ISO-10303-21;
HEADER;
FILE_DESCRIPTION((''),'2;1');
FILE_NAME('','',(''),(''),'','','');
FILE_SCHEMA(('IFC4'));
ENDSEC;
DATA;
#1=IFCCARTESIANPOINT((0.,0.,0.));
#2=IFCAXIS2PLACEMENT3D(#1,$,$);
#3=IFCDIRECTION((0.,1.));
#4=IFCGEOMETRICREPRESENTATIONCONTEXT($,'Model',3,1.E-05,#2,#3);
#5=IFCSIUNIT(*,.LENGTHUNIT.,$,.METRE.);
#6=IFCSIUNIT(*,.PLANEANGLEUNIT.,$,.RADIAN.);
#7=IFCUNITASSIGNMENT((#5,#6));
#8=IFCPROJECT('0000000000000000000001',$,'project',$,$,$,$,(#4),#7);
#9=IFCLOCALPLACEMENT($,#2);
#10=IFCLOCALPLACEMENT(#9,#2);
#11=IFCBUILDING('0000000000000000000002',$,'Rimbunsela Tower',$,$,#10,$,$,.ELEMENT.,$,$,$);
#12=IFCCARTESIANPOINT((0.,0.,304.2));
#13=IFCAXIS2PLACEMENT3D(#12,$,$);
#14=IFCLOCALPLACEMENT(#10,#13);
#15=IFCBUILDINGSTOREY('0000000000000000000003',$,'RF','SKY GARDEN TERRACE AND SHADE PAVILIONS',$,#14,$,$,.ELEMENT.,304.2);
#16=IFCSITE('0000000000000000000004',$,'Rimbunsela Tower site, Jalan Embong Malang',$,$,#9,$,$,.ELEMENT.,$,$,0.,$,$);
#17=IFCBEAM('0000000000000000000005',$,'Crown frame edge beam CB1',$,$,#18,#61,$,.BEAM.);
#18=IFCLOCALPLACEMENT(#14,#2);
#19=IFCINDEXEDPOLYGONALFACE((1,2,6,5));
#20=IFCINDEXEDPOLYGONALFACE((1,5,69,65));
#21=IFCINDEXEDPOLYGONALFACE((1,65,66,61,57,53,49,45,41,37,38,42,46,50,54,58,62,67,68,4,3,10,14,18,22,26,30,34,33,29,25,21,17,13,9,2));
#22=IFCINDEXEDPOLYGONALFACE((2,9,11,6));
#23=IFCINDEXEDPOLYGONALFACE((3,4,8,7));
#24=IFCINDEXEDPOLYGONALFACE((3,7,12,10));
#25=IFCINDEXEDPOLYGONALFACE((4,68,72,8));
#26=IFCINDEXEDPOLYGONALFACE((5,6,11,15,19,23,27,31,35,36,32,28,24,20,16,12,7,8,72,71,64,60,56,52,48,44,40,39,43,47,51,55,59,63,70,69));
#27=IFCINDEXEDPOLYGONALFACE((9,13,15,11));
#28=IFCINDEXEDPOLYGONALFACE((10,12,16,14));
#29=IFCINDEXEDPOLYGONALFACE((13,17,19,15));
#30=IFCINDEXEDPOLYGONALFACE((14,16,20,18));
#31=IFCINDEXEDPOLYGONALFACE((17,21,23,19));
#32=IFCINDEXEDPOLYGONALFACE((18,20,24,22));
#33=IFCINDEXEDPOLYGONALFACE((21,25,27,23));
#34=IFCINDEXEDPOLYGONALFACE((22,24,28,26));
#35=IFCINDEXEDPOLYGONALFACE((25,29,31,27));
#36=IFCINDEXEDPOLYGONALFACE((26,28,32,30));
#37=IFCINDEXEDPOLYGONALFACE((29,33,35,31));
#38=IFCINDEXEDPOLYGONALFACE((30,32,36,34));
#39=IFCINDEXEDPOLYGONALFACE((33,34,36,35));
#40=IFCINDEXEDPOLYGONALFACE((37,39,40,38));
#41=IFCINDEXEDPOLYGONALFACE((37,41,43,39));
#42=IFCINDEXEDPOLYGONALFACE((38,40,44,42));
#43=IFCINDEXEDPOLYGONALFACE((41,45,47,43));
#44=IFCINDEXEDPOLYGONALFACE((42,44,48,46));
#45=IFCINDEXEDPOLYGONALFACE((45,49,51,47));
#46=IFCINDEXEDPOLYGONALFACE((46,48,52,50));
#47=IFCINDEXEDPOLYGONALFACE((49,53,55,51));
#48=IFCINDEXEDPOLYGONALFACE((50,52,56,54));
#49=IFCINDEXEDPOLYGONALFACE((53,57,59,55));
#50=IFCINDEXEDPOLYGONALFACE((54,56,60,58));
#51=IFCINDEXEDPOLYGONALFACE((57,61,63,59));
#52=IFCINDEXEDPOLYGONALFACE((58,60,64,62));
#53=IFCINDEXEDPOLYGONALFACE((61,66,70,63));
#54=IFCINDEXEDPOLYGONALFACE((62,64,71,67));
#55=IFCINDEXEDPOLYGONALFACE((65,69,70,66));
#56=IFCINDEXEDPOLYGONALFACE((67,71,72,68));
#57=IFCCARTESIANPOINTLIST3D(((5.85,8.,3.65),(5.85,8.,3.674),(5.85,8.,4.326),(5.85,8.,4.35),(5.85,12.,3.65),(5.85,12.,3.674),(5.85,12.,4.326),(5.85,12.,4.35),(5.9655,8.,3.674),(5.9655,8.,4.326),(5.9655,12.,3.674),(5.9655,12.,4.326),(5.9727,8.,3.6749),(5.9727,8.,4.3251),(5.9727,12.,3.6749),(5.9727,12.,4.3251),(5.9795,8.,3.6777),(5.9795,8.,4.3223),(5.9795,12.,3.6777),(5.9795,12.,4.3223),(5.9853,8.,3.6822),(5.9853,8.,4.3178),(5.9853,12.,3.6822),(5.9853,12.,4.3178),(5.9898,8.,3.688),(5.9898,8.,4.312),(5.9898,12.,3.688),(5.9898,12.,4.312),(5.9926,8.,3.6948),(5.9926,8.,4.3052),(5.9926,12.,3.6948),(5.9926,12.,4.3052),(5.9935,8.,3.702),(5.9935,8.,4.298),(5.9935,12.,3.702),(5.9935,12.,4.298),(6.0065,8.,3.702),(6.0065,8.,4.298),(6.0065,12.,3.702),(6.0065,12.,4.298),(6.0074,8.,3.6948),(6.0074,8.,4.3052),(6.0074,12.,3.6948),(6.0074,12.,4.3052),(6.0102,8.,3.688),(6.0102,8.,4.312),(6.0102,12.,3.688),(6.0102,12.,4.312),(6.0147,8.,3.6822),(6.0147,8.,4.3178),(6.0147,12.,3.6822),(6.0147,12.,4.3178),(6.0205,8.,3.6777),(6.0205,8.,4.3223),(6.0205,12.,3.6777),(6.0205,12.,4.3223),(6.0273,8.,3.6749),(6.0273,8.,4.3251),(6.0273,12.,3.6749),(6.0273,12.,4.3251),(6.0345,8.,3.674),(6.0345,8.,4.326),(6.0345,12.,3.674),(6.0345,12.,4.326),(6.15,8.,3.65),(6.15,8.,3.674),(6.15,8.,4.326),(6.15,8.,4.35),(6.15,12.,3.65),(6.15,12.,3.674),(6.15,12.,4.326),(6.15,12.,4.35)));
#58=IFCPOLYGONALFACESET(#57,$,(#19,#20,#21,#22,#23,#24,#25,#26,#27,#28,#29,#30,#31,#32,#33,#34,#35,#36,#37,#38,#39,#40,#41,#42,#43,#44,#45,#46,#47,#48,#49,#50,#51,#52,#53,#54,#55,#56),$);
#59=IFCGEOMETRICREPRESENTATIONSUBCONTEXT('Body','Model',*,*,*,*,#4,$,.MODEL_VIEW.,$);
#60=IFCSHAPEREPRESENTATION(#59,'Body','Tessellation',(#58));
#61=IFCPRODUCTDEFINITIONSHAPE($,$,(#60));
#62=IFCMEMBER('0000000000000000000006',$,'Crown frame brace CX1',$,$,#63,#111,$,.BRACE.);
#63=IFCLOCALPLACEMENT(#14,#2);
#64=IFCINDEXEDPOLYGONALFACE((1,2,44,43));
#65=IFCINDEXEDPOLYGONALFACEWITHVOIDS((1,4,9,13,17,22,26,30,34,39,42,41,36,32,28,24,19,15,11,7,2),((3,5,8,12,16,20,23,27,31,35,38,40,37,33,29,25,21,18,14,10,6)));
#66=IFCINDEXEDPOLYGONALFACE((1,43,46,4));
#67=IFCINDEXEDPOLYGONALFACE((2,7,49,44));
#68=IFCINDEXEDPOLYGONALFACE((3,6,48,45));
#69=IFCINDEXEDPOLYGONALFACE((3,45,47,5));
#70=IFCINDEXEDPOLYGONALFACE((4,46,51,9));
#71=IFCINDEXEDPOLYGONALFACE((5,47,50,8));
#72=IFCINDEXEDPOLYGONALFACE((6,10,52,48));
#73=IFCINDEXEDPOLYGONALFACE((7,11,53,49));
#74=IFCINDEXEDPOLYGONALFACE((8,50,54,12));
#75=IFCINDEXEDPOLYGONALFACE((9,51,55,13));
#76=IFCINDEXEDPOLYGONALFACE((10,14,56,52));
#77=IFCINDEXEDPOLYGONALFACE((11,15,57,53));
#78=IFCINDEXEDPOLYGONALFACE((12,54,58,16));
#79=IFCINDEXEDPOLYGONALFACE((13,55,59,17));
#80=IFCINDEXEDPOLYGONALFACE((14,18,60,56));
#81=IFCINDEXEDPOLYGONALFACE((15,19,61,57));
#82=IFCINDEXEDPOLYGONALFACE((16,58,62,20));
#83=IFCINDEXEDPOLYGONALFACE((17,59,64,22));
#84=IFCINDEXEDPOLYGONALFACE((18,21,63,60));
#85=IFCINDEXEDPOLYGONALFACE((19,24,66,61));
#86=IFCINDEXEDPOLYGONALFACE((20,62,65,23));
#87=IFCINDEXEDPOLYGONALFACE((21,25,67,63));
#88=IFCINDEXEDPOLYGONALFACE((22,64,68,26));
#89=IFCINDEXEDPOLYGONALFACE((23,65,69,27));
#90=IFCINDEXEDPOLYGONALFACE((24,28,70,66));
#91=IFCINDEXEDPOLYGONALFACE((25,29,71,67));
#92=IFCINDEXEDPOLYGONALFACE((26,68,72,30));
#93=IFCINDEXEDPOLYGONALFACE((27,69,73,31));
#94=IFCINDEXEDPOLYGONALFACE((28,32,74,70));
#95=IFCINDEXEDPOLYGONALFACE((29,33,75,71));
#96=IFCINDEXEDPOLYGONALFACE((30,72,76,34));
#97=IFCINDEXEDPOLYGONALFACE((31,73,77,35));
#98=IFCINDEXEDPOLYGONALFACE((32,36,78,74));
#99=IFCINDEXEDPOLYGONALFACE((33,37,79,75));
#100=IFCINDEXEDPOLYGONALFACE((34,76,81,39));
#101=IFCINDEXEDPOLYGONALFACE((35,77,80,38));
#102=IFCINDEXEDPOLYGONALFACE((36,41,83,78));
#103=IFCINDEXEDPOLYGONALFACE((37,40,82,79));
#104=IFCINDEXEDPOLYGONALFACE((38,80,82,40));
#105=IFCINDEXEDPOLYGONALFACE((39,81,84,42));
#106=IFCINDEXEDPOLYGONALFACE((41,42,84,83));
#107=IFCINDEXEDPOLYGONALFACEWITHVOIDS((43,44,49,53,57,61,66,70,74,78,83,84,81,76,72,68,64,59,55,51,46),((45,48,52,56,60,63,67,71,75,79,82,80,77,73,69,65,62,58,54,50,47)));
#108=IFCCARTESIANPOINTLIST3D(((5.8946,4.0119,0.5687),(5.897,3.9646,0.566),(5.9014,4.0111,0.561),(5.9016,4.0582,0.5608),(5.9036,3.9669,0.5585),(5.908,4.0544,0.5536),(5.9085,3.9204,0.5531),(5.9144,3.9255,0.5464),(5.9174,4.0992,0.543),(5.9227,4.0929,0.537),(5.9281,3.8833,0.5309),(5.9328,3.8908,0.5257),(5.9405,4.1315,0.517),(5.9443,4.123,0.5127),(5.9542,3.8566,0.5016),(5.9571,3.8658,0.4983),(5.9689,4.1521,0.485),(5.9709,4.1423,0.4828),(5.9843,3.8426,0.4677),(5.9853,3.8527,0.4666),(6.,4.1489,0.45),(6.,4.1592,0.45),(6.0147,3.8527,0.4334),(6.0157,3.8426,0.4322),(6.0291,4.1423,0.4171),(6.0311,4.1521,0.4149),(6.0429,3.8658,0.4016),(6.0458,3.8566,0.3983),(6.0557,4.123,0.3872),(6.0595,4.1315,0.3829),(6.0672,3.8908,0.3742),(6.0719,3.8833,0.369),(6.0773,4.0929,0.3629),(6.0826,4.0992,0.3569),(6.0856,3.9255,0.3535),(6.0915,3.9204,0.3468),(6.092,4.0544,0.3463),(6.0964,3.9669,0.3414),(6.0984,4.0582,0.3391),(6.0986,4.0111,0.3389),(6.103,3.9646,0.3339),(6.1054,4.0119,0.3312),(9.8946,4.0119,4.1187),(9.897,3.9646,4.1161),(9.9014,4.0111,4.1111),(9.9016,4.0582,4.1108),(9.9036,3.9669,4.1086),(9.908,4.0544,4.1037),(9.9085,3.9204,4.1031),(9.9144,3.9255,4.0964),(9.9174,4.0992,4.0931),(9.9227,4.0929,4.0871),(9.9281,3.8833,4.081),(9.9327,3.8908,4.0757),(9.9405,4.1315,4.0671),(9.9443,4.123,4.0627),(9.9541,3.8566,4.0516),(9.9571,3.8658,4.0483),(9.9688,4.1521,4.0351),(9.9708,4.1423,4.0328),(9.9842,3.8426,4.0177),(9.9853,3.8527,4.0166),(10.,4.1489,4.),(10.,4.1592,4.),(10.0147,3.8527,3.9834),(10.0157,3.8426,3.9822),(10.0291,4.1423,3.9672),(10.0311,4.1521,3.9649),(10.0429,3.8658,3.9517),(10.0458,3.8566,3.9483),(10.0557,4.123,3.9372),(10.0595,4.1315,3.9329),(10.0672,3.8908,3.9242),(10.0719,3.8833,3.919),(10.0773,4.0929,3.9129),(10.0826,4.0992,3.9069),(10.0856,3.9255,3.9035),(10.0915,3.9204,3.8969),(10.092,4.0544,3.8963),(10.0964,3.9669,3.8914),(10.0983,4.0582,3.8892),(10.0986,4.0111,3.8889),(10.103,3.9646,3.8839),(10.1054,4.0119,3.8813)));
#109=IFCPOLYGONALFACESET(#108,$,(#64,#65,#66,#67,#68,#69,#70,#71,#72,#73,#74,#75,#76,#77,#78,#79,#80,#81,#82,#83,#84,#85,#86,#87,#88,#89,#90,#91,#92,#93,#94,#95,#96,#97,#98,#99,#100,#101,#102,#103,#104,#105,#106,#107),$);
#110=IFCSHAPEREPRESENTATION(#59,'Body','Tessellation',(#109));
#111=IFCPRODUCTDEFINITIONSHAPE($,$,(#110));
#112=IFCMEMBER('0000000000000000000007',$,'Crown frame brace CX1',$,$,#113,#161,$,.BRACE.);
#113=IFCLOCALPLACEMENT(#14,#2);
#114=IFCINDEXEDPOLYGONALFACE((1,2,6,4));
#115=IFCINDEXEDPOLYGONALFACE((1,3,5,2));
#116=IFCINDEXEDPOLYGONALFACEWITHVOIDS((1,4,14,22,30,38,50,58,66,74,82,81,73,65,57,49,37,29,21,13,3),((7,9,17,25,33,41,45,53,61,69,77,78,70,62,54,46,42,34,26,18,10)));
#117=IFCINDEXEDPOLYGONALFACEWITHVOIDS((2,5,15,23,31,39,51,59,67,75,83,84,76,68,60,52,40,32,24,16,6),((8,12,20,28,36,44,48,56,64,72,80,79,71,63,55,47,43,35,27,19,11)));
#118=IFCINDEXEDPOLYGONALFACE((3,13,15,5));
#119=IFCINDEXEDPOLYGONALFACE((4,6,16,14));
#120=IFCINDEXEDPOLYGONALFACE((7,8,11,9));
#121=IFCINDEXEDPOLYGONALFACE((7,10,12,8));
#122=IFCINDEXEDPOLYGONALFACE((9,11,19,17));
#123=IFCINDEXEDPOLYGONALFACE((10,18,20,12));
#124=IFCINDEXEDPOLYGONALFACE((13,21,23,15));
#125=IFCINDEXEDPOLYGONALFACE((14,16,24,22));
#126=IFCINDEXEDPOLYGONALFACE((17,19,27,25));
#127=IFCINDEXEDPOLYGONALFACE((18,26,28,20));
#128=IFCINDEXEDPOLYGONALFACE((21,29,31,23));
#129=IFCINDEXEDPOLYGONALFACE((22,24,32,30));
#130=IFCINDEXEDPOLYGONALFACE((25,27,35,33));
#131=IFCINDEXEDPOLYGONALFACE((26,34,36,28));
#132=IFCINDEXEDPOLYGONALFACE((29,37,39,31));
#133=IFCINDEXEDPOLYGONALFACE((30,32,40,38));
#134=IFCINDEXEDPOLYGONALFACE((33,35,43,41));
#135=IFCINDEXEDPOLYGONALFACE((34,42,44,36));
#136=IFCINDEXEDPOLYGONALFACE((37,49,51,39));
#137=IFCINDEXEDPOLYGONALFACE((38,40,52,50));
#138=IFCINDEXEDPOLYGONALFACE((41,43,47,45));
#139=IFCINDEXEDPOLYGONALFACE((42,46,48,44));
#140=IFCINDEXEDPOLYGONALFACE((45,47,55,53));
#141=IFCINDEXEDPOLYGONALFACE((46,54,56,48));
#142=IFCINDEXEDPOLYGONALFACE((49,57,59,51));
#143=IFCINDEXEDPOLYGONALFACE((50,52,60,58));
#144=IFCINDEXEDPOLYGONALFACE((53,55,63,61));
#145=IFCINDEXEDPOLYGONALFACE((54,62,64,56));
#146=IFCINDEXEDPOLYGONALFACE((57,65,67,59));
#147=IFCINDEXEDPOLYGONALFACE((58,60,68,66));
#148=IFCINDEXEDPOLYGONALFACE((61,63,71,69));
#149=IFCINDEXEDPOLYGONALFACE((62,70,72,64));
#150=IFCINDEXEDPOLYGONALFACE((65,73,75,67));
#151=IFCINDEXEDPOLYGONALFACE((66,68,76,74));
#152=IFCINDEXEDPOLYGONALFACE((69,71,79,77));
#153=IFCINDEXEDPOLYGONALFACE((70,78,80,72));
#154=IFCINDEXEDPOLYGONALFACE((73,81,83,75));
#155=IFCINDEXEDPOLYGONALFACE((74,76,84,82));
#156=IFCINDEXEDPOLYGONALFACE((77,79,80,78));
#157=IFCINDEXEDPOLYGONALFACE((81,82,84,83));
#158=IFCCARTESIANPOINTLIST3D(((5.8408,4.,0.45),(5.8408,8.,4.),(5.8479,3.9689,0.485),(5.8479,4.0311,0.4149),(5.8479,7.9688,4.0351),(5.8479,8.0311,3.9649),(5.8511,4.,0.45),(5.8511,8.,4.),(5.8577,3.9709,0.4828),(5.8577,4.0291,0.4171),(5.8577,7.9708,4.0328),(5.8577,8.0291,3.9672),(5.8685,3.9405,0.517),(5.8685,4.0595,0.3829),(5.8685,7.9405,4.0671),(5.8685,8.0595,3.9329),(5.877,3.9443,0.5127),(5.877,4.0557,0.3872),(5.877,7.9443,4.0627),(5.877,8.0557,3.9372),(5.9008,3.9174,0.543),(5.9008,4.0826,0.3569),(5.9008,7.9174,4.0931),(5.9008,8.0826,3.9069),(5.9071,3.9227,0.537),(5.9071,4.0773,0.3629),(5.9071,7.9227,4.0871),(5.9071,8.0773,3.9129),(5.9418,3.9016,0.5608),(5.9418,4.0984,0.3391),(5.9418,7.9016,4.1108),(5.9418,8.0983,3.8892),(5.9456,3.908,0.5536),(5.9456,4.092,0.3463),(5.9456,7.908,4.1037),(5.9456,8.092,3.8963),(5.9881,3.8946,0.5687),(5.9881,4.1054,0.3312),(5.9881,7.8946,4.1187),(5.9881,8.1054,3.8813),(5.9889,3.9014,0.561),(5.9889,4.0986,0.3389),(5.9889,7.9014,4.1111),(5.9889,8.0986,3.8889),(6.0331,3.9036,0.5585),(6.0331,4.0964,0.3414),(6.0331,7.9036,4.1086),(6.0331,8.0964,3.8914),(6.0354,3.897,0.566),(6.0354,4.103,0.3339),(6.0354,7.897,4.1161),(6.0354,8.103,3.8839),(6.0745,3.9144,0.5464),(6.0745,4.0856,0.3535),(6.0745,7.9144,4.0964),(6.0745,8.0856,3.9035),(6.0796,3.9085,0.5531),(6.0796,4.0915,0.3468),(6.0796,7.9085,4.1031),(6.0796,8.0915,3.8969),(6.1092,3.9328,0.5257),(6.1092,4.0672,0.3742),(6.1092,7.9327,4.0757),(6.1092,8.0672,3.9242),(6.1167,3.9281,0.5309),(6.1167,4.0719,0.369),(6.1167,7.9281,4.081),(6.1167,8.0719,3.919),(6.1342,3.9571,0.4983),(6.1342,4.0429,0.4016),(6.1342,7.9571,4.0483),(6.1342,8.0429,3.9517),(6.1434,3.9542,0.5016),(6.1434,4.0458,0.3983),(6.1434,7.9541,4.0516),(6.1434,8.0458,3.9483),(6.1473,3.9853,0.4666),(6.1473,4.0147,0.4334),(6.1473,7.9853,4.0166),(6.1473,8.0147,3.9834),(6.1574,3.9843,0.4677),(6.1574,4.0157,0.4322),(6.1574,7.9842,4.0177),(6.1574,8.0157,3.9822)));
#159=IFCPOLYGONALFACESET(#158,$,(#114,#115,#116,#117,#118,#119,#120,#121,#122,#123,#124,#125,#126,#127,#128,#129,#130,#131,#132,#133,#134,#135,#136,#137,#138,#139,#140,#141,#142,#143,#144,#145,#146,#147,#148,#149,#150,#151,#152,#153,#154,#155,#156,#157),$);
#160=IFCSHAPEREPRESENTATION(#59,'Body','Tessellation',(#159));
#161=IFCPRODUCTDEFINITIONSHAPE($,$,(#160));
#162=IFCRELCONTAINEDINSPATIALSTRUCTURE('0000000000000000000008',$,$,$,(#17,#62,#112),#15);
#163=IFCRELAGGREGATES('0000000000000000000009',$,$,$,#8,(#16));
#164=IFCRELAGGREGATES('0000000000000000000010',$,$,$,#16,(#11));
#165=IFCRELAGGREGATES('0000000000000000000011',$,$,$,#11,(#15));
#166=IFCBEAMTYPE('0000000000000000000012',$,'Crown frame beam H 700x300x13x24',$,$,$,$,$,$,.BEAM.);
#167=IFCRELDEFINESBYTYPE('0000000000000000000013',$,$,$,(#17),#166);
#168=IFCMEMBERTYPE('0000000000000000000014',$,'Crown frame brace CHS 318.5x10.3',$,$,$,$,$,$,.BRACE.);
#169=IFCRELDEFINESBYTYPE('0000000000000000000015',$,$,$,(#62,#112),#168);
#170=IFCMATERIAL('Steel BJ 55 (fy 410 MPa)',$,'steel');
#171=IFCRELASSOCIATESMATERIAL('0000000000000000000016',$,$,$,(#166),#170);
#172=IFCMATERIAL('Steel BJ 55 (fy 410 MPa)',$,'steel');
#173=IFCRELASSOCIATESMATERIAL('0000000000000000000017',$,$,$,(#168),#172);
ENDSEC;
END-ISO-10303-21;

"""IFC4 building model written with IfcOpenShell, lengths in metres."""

from ifc_helpers import new_model, si_unit, direction, frame, origin, origin_2d, place, context, subcontext, project, spatial, hollow_circle, i_section, extrude, material, material_profile, profile_set, type_object, element, save


model = new_model("IFC4")

# Units and contexts
model_context = context("Model", 3, precision=1e-05, world=origin(), true_north=direction((0.0, 1.0)))
body_context = subcontext(model_context, "Body", "Model", "MODEL_VIEW")
ifc_project = project(units=[si_unit("LENGTHUNIT", "METRE"), si_unit("PLANEANGLEUNIT", "RADIAN")], contexts=[model_context])

# Site, building, storey
site_placement = place(None, origin())
site = spatial("IfcSite", under=ifc_project, at=site_placement, Name="Rimbunsela Tower site, Jalan Embong Malang", CompositionType="ELEMENT", RefElevation=0.0)
building_placement = place(site_placement, origin())
building = spatial("IfcBuilding", under=site, at=building_placement, Name="Rimbunsela Tower", CompositionType="ELEMENT")
storey_placement = place(building_placement, frame((0.0, 0.0, 304.2)))
storey = spatial("IfcBuildingStorey", under=building, at=storey_placement, Name="RF", Description="SKY GARDEN TERRACE AND SHADE PAVILIONS", CompositionType="ELEMENT", Elevation=304.2)

# Beam
ifc_material_1 = material(Name="Steel BJ 55 (fy 410 MPa)", Category="steel")
ifc_material_profile_1 = material_profile(ifc_material_1, i_section(OverallWidth=0.3, OverallDepth=0.7, WebThickness=0.0129, FlangeThickness=0.0239, FilletRadius=0.0281, at=origin_2d()), Name="H 700x300x13x24")
ifc_profile_set_1 = profile_set([ifc_material_profile_1], Name="Steel BJ 55 (fy 410 MPa)")
beam_type_1 = type_object("IfcBeamType", Name="Crown frame beam H 700x300x13x24", PredefinedType="BEAM", material=ifc_profile_set_1)
for number, where, z_axis, x_axis, name in (
    (1, (6.0, 8.0, 4.0), (0.0, 1.0, 0.0), (-1.0, 0.0, 0.0), "Crown frame edge beam CB1"),
):
    element("IfcBeam", number, at=place(storey_placement, frame(where, z_axis=z_axis, x_axis=x_axis)), inside=storey, type_object=beam_type_1, Name=name, PredefinedType="BEAM", context=body_context, shape_type="SweptSolid", body=[
        extrude(i_section(OverallWidth=0.3, OverallDepth=0.7, WebThickness=0.0129, FlangeThickness=0.0239, FilletRadius=0.0281, at=origin_2d()), origin(), (0.0, 0.0, 1.0), 4.0),
    ])

# Members
ifc_material_2 = material(Name="Steel BJ 55 (fy 410 MPa)", Category="steel")
ifc_material_profile_2 = material_profile(ifc_material_2, hollow_circle(Radius=0.1592, WallThickness=0.0103, at=origin_2d()), Name="CHS 318.5x10.3")
ifc_profile_set_2 = profile_set([ifc_material_profile_2], Name="Steel BJ 55 (fy 410 MPa)")
member_type_1 = type_object("IfcMemberType", Name="Crown frame brace CHS 318.5x10.3", PredefinedType="BRACE", material=ifc_profile_set_2)
for number, where, z_axis, x_axis, name in (
    (2, (6.0, 4.0, 0.45), (0.74792, 0.0, 0.663788), (0.0, 1.0, 0.0), "Crown frame brace CX1"),
    (3, (6.0, 4.0, 0.45), (0.0, 0.74792, 0.663788), (-1.0, 0.0, 0.0), "Crown frame brace CX1"),
):
    element("IfcMember", number, at=place(storey_placement, frame(where, z_axis=z_axis, x_axis=x_axis)), inside=storey, type_object=member_type_1, Name=name, PredefinedType="BRACE", context=body_context, shape_type="SweptSolid", body=[
        extrude(hollow_circle(Radius=0.1592, WallThickness=0.0103, at=origin_2d()), origin(), (0.0, 0.0, 1.0), 5.3481),
    ])

save(model, "model.ifc")
